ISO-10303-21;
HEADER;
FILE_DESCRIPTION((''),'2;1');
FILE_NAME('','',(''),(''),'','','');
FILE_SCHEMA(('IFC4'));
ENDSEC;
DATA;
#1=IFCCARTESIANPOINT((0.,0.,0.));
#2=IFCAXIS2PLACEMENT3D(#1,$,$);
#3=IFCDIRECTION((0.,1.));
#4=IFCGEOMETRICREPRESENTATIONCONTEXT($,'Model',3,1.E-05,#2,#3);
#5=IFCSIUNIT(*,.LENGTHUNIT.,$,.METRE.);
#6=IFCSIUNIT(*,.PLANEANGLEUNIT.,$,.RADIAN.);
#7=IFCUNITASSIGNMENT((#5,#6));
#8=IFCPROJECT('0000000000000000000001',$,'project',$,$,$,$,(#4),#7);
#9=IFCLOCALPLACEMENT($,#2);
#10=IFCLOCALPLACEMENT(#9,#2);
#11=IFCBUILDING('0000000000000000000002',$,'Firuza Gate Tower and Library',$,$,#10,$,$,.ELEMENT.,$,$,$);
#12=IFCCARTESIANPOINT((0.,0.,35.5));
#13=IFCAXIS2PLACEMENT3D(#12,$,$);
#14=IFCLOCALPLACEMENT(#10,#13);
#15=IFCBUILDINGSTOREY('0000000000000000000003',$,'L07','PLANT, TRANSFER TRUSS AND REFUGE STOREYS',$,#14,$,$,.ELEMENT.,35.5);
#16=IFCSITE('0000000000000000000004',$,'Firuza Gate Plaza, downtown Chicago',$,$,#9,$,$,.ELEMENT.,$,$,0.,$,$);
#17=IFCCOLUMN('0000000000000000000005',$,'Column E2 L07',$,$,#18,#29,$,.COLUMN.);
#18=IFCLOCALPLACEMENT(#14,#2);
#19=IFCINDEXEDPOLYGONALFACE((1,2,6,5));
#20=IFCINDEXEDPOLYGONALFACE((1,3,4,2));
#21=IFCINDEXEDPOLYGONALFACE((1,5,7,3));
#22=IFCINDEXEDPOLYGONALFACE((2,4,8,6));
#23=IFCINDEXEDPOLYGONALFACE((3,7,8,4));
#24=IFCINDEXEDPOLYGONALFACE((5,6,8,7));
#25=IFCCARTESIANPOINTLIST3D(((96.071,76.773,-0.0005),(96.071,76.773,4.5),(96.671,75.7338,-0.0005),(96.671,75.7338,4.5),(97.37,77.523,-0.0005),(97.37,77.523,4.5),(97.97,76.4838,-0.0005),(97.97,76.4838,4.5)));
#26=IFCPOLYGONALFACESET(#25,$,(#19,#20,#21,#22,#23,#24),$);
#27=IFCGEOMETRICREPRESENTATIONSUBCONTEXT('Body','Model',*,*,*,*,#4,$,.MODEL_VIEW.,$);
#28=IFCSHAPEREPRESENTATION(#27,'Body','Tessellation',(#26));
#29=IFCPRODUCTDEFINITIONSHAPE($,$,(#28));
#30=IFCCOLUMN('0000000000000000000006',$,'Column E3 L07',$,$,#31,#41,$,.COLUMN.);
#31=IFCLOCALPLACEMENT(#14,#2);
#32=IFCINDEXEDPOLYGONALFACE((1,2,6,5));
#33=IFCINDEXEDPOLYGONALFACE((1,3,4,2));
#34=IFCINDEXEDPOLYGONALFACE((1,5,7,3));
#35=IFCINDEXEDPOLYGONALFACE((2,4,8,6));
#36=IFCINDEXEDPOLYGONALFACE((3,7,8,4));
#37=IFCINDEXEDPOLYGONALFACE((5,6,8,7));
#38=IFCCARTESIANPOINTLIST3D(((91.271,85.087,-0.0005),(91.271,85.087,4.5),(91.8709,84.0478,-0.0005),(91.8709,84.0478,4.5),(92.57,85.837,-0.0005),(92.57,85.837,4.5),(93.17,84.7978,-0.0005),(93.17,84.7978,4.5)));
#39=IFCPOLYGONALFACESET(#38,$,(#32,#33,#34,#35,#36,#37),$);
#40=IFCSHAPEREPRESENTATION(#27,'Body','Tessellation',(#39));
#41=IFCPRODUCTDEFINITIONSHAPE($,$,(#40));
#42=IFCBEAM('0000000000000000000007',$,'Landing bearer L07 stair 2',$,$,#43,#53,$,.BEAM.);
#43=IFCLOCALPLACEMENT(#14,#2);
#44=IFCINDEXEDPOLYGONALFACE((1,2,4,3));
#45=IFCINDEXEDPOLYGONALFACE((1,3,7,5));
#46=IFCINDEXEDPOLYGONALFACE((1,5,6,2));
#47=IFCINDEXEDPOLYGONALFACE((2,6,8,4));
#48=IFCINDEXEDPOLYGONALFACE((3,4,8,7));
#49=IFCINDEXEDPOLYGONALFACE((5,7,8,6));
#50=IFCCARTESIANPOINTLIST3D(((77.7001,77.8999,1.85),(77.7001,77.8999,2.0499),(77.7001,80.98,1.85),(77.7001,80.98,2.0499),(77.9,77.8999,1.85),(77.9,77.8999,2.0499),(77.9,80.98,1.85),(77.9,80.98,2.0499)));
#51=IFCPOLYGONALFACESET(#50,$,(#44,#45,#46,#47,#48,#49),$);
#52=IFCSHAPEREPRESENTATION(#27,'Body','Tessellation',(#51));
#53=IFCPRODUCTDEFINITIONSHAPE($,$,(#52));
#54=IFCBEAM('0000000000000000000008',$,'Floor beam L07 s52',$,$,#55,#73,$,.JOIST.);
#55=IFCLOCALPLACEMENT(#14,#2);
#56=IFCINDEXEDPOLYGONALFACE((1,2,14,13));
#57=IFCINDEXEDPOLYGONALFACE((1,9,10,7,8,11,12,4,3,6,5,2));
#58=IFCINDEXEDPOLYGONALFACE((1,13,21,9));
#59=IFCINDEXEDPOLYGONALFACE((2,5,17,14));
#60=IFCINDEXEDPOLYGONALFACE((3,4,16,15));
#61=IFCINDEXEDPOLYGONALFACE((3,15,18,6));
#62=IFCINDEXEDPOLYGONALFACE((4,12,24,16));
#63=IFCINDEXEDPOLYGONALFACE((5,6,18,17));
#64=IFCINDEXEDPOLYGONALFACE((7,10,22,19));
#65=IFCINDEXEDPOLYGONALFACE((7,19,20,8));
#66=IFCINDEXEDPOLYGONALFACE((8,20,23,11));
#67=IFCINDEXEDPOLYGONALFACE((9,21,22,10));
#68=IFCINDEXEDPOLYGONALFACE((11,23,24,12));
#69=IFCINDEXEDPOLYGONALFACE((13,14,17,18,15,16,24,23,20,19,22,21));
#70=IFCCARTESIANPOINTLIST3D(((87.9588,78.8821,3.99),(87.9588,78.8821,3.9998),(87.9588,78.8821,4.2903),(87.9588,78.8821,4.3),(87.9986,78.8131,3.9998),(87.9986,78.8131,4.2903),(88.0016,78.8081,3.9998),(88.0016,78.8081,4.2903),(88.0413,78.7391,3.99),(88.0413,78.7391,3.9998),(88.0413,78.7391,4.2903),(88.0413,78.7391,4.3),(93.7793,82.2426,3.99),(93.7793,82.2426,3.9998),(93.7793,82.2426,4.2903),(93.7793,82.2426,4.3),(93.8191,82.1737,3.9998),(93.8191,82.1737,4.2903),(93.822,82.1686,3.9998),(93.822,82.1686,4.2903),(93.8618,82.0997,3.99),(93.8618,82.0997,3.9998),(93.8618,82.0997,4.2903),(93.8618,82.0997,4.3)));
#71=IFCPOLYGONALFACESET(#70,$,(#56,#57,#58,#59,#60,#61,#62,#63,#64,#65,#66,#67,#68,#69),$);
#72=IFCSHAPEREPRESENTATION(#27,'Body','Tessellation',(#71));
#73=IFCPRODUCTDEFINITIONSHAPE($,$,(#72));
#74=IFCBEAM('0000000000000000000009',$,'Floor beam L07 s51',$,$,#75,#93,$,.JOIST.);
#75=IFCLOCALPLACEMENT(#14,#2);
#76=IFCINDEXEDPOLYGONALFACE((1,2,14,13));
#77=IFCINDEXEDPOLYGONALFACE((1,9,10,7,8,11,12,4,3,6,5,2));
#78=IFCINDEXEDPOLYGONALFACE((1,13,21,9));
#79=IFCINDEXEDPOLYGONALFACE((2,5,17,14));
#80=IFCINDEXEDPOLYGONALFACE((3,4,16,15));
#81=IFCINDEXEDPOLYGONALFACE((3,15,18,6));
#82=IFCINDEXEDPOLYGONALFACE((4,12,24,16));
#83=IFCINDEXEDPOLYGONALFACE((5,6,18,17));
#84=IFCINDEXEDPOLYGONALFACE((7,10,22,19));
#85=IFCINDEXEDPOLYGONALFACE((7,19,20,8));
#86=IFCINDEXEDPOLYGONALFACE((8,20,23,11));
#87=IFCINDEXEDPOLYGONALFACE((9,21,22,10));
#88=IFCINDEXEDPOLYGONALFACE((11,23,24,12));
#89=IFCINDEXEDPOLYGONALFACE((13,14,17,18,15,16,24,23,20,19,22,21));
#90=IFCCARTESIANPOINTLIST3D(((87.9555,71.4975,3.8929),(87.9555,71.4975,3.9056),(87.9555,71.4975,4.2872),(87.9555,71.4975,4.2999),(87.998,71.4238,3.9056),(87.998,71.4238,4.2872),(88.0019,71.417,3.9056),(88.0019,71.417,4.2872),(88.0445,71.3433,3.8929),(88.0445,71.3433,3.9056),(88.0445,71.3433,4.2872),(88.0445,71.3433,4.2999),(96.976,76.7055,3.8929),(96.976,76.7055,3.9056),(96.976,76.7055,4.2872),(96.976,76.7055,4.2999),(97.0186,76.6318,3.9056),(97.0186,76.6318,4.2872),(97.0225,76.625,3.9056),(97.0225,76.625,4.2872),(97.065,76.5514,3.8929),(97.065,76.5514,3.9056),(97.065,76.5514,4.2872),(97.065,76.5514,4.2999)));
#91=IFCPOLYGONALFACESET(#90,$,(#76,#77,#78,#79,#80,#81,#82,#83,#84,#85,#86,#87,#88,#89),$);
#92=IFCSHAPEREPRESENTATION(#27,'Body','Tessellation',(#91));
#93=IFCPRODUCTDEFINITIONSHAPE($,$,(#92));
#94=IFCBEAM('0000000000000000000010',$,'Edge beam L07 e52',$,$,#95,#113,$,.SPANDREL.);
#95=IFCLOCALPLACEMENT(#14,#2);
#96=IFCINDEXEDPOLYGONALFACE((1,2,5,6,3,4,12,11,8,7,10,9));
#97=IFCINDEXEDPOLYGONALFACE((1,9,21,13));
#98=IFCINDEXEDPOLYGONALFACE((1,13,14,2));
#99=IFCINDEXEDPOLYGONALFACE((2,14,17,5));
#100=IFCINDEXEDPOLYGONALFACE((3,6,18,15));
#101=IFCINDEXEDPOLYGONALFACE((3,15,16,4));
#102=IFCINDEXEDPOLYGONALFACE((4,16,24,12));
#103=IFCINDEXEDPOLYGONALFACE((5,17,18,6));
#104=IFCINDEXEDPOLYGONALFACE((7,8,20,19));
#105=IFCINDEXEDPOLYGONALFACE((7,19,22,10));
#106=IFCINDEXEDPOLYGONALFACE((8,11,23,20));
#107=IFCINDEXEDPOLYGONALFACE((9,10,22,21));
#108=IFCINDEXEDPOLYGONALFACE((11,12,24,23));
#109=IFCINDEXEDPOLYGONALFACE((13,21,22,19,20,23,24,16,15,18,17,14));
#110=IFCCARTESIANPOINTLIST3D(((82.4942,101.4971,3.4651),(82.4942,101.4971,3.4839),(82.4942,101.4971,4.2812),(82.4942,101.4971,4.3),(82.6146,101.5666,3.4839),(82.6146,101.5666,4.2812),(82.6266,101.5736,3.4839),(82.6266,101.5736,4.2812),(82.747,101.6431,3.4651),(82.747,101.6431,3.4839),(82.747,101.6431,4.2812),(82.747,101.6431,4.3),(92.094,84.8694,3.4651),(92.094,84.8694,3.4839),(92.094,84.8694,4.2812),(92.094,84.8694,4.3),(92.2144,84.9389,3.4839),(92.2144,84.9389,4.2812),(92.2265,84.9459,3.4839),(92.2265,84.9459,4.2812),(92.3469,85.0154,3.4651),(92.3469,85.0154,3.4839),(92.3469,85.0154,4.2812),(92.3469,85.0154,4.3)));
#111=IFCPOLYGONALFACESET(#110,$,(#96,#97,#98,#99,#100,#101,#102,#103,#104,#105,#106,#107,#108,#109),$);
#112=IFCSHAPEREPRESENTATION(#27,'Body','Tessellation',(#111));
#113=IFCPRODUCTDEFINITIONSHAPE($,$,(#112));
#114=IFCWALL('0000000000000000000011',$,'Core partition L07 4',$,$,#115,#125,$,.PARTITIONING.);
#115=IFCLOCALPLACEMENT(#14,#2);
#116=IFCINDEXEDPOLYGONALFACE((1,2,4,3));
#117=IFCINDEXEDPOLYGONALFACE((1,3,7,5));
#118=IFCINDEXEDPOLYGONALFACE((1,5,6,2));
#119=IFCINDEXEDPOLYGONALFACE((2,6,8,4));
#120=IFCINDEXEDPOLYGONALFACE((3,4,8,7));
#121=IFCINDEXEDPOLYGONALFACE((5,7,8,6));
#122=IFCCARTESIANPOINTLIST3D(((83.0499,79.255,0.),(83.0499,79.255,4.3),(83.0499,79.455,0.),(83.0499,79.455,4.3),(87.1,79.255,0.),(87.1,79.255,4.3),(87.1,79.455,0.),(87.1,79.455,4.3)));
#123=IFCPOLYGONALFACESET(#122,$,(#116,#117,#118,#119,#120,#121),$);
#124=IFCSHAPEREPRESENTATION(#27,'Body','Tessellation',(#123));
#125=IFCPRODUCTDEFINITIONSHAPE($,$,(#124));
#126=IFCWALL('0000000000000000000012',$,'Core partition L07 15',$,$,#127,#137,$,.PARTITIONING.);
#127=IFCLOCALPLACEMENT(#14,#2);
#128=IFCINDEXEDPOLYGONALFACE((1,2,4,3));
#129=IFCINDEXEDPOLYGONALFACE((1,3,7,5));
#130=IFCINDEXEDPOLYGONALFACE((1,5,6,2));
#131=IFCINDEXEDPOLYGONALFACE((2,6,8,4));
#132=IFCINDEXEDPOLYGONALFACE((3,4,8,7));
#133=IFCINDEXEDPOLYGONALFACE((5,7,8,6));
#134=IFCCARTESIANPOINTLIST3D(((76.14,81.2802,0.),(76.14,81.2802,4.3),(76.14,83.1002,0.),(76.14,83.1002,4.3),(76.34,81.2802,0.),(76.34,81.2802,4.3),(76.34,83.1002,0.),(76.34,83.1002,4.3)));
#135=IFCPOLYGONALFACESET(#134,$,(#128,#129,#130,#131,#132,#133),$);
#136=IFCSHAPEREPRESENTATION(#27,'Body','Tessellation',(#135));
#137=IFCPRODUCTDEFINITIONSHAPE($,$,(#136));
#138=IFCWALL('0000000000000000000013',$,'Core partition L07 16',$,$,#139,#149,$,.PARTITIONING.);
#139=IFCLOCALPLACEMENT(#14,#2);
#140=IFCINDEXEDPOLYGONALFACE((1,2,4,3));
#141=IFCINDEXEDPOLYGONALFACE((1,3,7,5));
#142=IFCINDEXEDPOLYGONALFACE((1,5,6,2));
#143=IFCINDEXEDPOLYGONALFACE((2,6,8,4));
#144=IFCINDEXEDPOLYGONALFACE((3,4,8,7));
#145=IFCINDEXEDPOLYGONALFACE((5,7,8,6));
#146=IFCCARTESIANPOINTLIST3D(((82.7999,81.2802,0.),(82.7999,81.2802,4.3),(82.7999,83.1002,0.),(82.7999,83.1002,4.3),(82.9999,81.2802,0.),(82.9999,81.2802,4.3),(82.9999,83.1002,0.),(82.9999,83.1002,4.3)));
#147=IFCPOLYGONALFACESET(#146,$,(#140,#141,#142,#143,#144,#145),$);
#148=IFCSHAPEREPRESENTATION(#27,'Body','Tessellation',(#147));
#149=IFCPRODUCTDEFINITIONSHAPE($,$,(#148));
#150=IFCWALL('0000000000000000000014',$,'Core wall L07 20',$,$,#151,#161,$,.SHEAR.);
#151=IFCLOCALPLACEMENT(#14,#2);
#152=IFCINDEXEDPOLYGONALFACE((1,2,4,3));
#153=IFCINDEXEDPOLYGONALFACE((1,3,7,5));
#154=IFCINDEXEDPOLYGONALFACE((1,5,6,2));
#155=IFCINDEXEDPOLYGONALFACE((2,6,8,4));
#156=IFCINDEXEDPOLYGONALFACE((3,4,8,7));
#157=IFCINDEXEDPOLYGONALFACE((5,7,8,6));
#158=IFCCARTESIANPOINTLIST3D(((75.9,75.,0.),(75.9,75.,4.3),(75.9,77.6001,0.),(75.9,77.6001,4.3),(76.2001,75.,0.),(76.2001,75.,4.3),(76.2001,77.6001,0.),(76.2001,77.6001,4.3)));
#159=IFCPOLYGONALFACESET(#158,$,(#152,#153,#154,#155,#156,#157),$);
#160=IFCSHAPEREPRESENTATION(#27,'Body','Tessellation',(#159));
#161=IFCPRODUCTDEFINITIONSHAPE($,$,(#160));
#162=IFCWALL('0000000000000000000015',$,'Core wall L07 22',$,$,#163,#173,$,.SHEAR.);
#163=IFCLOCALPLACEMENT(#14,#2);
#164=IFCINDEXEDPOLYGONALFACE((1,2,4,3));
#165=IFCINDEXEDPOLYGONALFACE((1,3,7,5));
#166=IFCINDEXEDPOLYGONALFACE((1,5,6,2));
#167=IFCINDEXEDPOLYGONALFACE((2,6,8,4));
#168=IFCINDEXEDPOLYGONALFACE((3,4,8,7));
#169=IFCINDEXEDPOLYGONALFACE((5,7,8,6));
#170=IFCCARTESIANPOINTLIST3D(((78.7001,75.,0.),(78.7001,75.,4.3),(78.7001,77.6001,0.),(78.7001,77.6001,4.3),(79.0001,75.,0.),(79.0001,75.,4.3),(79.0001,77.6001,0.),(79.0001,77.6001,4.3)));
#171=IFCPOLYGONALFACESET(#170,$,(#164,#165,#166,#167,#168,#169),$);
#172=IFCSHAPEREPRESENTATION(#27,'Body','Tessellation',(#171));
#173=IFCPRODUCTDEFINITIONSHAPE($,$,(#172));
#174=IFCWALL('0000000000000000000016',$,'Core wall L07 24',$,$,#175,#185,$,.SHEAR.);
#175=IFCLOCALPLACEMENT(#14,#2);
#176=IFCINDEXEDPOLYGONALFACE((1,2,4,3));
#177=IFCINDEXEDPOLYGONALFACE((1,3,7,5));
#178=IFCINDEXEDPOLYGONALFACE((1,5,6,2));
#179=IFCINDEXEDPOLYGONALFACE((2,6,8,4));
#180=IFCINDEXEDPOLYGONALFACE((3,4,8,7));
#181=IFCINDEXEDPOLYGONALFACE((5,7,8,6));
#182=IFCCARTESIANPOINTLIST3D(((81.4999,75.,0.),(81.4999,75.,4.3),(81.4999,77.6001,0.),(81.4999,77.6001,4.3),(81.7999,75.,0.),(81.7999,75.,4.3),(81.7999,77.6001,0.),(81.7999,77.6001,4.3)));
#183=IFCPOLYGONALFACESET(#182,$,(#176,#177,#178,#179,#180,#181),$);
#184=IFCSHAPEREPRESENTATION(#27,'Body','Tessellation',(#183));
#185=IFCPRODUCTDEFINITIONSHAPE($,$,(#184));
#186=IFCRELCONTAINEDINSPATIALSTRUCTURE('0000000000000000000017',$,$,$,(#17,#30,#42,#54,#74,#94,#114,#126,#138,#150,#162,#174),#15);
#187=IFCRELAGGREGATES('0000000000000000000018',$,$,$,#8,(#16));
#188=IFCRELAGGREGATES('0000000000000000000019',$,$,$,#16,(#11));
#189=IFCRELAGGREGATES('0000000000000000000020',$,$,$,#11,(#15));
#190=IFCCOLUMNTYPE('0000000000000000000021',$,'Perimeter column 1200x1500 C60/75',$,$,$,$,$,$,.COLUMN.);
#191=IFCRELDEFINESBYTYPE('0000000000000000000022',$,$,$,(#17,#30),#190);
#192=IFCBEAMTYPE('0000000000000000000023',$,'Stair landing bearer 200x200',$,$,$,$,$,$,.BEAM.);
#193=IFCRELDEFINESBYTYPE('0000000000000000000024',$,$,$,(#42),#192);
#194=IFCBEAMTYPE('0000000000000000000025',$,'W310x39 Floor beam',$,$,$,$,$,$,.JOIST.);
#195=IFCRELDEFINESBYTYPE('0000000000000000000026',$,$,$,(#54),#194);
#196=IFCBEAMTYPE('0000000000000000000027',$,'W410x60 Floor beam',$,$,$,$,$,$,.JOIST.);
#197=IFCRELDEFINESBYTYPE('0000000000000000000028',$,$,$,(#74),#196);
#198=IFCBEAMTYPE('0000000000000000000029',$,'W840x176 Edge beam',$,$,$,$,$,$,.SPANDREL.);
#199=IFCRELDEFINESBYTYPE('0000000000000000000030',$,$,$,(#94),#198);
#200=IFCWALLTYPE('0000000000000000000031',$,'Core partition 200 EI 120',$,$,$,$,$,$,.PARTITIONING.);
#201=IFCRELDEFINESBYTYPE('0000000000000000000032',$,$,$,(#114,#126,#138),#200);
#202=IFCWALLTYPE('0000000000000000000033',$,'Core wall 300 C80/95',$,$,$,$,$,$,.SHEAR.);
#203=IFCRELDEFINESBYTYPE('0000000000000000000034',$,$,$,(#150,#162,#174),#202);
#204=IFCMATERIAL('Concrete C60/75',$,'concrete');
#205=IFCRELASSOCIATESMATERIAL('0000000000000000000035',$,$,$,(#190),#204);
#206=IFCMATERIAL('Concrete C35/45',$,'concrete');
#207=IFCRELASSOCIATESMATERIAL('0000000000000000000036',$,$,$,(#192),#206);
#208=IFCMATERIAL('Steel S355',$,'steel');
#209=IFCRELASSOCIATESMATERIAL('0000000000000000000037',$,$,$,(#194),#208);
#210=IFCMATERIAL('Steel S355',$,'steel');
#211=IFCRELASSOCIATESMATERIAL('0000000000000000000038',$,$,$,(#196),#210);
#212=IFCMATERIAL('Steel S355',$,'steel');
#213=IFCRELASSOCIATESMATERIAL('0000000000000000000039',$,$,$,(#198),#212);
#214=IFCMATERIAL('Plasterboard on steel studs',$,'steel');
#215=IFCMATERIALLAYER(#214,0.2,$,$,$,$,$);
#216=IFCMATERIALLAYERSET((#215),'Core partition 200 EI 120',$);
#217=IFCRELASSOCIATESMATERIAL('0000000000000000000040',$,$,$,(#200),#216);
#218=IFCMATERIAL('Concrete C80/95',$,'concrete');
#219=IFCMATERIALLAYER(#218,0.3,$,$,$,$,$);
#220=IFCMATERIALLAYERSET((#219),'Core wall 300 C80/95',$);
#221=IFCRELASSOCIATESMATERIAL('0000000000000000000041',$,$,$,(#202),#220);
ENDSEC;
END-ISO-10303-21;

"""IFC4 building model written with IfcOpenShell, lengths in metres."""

from ifc_helpers import new_model, si_unit, direction, frame, frame_2d, origin, origin_2d, place, context, subcontext, project, spatial, rectangle, i_section, extrude, material, layer, layer_set, material_profile, profile_set, type_object, element, save


model = new_model("IFC4")

# Units and contexts
model_context = context("Model", 3, precision=1e-05, world=origin(), true_north=direction((0.0, 1.0)))
body_context = subcontext(model_context, "Body", "Model", "MODEL_VIEW")
ifc_project = project(units=[si_unit("LENGTHUNIT", "METRE"), si_unit("PLANEANGLEUNIT", "RADIAN")], contexts=[model_context])

# Site, building, storey
site_placement = place(None, origin())
site = spatial("IfcSite", under=ifc_project, at=site_placement, Name="Firuza Gate Plaza, downtown Chicago", CompositionType="ELEMENT", RefElevation=0.0)
building_placement = place(site_placement, origin())
building = spatial("IfcBuilding", under=site, at=building_placement, Name="Firuza Gate Tower and Library", CompositionType="ELEMENT")
storey_placement = place(building_placement, frame((0.0, 0.0, 35.5)))
storey = spatial("IfcBuildingStorey", under=building, at=storey_placement, Name="L07", Description="PLANT, TRANSFER TRUSS AND REFUGE STOREYS", CompositionType="ELEMENT", Elevation=35.5)

# Columns
ifc_material_1 = material(Name="Concrete C60/75", Category="concrete")
ifc_material_profile_1 = material_profile(ifc_material_1, rectangle(XDim=1.2, YDim=1.5, at=origin_2d()))
ifc_profile_set_1 = profile_set([ifc_material_profile_1], Name="Concrete C60/75")
column_type = type_object("IfcColumnType", Name="Perimeter column 1200x1500 C60/75", PredefinedType="COLUMN", material=ifc_profile_set_1)
for number, where, z_axis, x_axis, name in (
    (1, (97.0205, 76.6284, -0.0005), (0.0, 0.0, 1.0), (-0.5, 0.866025, 0.0), "Column E2 L07"),
    (2, (92.2205, 84.9424, -0.0005), (0.0, 0.0, 1.0), (-0.5, 0.866025, 0.0), "Column E3 L07"),
):
    element("IfcColumn", number, at=place(storey_placement, frame(where, z_axis=z_axis, x_axis=x_axis)), inside=storey, type_object=column_type, Name=name, PredefinedType="COLUMN", context=body_context, shape_type="SweptSolid", body=[
        extrude(rectangle(XDim=1.2, YDim=1.5, at=origin_2d()), origin(), (0.0, 0.0, 1.0), 4.5005),
    ])

# Beams
ifc_material_2 = material(Name="Concrete C35/45", Category="concrete")
ifc_material_profile_2 = material_profile(ifc_material_2, rectangle(XDim=0.2, YDim=0.2, at=origin_2d()))
ifc_profile_set_2 = profile_set([ifc_material_profile_2], Name="Concrete C35/45")
beam_type_1 = type_object("IfcBeamType", Name="Stair landing bearer 200x200", PredefinedType="BEAM", material=ifc_profile_set_2)
beam_1_placement = place(storey_placement, frame((77.8, 80.98, 1.95), z_axis=(0.0, -1.0, 0.0), x_axis=(1.0, 0.0, 0.0)))
element("IfcBeam", 3, at=beam_1_placement, inside=storey, type_object=beam_type_1, Name="Landing bearer L07 stair 2", PredefinedType="BEAM", context=body_context, shape_type="SweptSolid", body=[
    extrude(rectangle(XDim=0.2, YDim=0.2, at=origin_2d()), origin(), (0.0, 0.0, 1.0), 3.0801),
])
ifc_material_3 = material(Name="Steel S355", Category="steel")
ifc_material_profile_3 = material_profile(ifc_material_3, i_section(OverallWidth=0.165, OverallDepth=0.3101, WebThickness=0.0059, FlangeThickness=0.0098, at=origin_2d()))
ifc_profile_set_3 = profile_set([ifc_material_profile_3], Name="Steel S355")
beam_type_2 = type_object("IfcBeamType", Name="W310x39 Floor beam", PredefinedType="JOIST", material=ifc_profile_set_3)
beam_2_placement = place(storey_placement, frame((93.8206, 82.1711, 4.145), z_axis=(-0.866019, -0.500011, 0.0), x_axis=(0.500011, -0.866019, 0.0)))
element("IfcBeam", 4, at=beam_2_placement, inside=storey, type_object=beam_type_2, Name="Floor beam L07 s52", PredefinedType="JOIST", context=body_context, shape_type="SweptSolid", body=[
    extrude(i_section(OverallWidth=0.165, OverallDepth=0.3101, WebThickness=0.0059, FlangeThickness=0.0098, at=origin_2d()), origin(), (0.0, 0.0, 1.0), 6.7209),
])
ifc_material_4 = material(Name="Steel S355", Category="steel")
ifc_material_profile_4 = material_profile(ifc_material_4, i_section(OverallWidth=0.178, OverallDepth=0.407, WebThickness=0.0078, FlangeThickness=0.0127, at=origin_2d()))
ifc_profile_set_4 = profile_set([ifc_material_profile_4], Name="Steel S355")
beam_type_3 = type_object("IfcBeamType", Name="W410x60 Floor beam", PredefinedType="JOIST", material=ifc_profile_set_4)
beam_3_placement = place(storey_placement, frame((97.0205, 76.6284, 4.0964), z_axis=(-0.866025, -0.500001, 0.0), x_axis=(0.500001, -0.866025, 0.0)))
element("IfcBeam", 5, at=beam_3_placement, inside=storey, type_object=beam_type_3, Name="Floor beam L07 s51", PredefinedType="JOIST", context=body_context, shape_type="SweptSolid", body=[
    extrude(i_section(OverallWidth=0.178, OverallDepth=0.407, WebThickness=0.0078, FlangeThickness=0.0127, at=origin_2d()), origin(), (0.0, 0.0, 1.0), 10.416),
])
ifc_material_5 = material(Name="Steel S355", Category="steel")
ifc_material_profile_5 = material_profile(ifc_material_5, i_section(OverallWidth=0.292, OverallDepth=0.835, WebThickness=0.0139, FlangeThickness=0.0188, at=origin_2d()))
ifc_profile_set_5 = profile_set([ifc_material_profile_5], Name="Steel S355")
beam_type_4 = type_object("IfcBeamType", Name="W840x176 Edge beam", PredefinedType="SPANDREL", material=ifc_profile_set_5)
beam_4_placement = place(storey_placement, frame((92.2205, 84.9424, 3.8826), z_axis=(-0.499994, 0.866029, 0.0), x_axis=(-0.866029, -0.499994, 0.0)))
element("IfcBeam", 6, at=beam_4_placement, inside=storey, type_object=beam_type_4, Name="Edge beam L07 e52", PredefinedType="SPANDREL", context=body_context, shape_type="SweptSolid", body=[
    extrude(i_section(OverallWidth=0.292, OverallDepth=0.835, WebThickness=0.0139, FlangeThickness=0.0188, at=origin_2d()), origin(), (0.0, 0.0, 1.0), 19.2),
])

# Walls
ifc_material_6 = material(Name="Plasterboard on steel studs", Category="steel")
ifc_layer_1 = layer(ifc_material_6, 0.2)
ifc_layer_set_1 = layer_set([ifc_layer_1], Name="Core partition 200 EI 120")
wall_type_1 = type_object("IfcWallType", Name="Core partition 200 EI 120", PredefinedType="PARTITIONING", material=ifc_layer_set_1)
wall_1_placement = place(storey_placement, frame((83.05, 79.355, 0.0), z_axis=(0.0, 0.0, 1.0), x_axis=(1.0, 0.0, 0.0)))
element("IfcWall", 7, at=wall_1_placement, inside=storey, type_object=wall_type_1, Name="Core partition L07 4", PredefinedType="PARTITIONING", context=body_context, shape_type="SweptSolid", body=[
    extrude(rectangle(XDim=4.05, YDim=0.2, at=frame_2d((2.0249, 0.0))), origin(), (0.0, 0.0, 1.0), 4.3),
])
for number, where, z_axis, x_axis, name in (
    (8, (76.24, 81.28, 0.0), (0.0, 0.0, 1.0), (0.0, 1.0, 0.0), "Core partition L07 15"),
    (9, (82.8999, 81.28, 0.0), (0.0, 0.0, 1.0), (0.0, 1.0, 0.0), "Core partition L07 16"),
):
    element("IfcWall", number, at=place(storey_placement, frame(where, z_axis=z_axis, x_axis=x_axis)), inside=storey, type_object=wall_type_1, Name=name, PredefinedType="PARTITIONING", context=body_context, shape_type="SweptSolid", body=[
        extrude(rectangle(XDim=1.8201, YDim=0.2, at=frame_2d((0.9102, 0.0))), origin(), (0.0, 0.0, 1.0), 4.3),
    ])
ifc_material_7 = material(Name="Concrete C80/95", Category="concrete")
ifc_layer_2 = layer(ifc_material_7, 0.3)
ifc_layer_set_2 = layer_set([ifc_layer_2], Name="Core wall 300 C80/95")
wall_type_2 = type_object("IfcWallType", Name="Core wall 300 C80/95", PredefinedType="SHEAR", material=ifc_layer_set_2)
for number, where, z_axis, x_axis, name in (
    (10, (76.05, 75.0, 0.0), (0.0, 0.0, 1.0), (0.0, 1.0, 0.0), "Core wall L07 20"),
    (11, (78.8501, 75.0, 0.0), (0.0, 0.0, 1.0), (0.0, 1.0, 0.0), "Core wall L07 22"),
    (12, (81.6499, 75.0, 0.0), (0.0, 0.0, 1.0), (0.0, 1.0, 0.0), "Core wall L07 24"),
):
    element("IfcWall", number, at=place(storey_placement, frame(where, z_axis=z_axis, x_axis=x_axis)), inside=storey, type_object=wall_type_2, Name=name, PredefinedType="SHEAR", context=body_context, shape_type="SweptSolid", body=[
        extrude(rectangle(XDim=2.6001, YDim=0.3, at=frame_2d((1.3, 0.0))), origin(), (0.0, 0.0, 1.0), 4.3),
    ])

save(model, "model.ifc")
